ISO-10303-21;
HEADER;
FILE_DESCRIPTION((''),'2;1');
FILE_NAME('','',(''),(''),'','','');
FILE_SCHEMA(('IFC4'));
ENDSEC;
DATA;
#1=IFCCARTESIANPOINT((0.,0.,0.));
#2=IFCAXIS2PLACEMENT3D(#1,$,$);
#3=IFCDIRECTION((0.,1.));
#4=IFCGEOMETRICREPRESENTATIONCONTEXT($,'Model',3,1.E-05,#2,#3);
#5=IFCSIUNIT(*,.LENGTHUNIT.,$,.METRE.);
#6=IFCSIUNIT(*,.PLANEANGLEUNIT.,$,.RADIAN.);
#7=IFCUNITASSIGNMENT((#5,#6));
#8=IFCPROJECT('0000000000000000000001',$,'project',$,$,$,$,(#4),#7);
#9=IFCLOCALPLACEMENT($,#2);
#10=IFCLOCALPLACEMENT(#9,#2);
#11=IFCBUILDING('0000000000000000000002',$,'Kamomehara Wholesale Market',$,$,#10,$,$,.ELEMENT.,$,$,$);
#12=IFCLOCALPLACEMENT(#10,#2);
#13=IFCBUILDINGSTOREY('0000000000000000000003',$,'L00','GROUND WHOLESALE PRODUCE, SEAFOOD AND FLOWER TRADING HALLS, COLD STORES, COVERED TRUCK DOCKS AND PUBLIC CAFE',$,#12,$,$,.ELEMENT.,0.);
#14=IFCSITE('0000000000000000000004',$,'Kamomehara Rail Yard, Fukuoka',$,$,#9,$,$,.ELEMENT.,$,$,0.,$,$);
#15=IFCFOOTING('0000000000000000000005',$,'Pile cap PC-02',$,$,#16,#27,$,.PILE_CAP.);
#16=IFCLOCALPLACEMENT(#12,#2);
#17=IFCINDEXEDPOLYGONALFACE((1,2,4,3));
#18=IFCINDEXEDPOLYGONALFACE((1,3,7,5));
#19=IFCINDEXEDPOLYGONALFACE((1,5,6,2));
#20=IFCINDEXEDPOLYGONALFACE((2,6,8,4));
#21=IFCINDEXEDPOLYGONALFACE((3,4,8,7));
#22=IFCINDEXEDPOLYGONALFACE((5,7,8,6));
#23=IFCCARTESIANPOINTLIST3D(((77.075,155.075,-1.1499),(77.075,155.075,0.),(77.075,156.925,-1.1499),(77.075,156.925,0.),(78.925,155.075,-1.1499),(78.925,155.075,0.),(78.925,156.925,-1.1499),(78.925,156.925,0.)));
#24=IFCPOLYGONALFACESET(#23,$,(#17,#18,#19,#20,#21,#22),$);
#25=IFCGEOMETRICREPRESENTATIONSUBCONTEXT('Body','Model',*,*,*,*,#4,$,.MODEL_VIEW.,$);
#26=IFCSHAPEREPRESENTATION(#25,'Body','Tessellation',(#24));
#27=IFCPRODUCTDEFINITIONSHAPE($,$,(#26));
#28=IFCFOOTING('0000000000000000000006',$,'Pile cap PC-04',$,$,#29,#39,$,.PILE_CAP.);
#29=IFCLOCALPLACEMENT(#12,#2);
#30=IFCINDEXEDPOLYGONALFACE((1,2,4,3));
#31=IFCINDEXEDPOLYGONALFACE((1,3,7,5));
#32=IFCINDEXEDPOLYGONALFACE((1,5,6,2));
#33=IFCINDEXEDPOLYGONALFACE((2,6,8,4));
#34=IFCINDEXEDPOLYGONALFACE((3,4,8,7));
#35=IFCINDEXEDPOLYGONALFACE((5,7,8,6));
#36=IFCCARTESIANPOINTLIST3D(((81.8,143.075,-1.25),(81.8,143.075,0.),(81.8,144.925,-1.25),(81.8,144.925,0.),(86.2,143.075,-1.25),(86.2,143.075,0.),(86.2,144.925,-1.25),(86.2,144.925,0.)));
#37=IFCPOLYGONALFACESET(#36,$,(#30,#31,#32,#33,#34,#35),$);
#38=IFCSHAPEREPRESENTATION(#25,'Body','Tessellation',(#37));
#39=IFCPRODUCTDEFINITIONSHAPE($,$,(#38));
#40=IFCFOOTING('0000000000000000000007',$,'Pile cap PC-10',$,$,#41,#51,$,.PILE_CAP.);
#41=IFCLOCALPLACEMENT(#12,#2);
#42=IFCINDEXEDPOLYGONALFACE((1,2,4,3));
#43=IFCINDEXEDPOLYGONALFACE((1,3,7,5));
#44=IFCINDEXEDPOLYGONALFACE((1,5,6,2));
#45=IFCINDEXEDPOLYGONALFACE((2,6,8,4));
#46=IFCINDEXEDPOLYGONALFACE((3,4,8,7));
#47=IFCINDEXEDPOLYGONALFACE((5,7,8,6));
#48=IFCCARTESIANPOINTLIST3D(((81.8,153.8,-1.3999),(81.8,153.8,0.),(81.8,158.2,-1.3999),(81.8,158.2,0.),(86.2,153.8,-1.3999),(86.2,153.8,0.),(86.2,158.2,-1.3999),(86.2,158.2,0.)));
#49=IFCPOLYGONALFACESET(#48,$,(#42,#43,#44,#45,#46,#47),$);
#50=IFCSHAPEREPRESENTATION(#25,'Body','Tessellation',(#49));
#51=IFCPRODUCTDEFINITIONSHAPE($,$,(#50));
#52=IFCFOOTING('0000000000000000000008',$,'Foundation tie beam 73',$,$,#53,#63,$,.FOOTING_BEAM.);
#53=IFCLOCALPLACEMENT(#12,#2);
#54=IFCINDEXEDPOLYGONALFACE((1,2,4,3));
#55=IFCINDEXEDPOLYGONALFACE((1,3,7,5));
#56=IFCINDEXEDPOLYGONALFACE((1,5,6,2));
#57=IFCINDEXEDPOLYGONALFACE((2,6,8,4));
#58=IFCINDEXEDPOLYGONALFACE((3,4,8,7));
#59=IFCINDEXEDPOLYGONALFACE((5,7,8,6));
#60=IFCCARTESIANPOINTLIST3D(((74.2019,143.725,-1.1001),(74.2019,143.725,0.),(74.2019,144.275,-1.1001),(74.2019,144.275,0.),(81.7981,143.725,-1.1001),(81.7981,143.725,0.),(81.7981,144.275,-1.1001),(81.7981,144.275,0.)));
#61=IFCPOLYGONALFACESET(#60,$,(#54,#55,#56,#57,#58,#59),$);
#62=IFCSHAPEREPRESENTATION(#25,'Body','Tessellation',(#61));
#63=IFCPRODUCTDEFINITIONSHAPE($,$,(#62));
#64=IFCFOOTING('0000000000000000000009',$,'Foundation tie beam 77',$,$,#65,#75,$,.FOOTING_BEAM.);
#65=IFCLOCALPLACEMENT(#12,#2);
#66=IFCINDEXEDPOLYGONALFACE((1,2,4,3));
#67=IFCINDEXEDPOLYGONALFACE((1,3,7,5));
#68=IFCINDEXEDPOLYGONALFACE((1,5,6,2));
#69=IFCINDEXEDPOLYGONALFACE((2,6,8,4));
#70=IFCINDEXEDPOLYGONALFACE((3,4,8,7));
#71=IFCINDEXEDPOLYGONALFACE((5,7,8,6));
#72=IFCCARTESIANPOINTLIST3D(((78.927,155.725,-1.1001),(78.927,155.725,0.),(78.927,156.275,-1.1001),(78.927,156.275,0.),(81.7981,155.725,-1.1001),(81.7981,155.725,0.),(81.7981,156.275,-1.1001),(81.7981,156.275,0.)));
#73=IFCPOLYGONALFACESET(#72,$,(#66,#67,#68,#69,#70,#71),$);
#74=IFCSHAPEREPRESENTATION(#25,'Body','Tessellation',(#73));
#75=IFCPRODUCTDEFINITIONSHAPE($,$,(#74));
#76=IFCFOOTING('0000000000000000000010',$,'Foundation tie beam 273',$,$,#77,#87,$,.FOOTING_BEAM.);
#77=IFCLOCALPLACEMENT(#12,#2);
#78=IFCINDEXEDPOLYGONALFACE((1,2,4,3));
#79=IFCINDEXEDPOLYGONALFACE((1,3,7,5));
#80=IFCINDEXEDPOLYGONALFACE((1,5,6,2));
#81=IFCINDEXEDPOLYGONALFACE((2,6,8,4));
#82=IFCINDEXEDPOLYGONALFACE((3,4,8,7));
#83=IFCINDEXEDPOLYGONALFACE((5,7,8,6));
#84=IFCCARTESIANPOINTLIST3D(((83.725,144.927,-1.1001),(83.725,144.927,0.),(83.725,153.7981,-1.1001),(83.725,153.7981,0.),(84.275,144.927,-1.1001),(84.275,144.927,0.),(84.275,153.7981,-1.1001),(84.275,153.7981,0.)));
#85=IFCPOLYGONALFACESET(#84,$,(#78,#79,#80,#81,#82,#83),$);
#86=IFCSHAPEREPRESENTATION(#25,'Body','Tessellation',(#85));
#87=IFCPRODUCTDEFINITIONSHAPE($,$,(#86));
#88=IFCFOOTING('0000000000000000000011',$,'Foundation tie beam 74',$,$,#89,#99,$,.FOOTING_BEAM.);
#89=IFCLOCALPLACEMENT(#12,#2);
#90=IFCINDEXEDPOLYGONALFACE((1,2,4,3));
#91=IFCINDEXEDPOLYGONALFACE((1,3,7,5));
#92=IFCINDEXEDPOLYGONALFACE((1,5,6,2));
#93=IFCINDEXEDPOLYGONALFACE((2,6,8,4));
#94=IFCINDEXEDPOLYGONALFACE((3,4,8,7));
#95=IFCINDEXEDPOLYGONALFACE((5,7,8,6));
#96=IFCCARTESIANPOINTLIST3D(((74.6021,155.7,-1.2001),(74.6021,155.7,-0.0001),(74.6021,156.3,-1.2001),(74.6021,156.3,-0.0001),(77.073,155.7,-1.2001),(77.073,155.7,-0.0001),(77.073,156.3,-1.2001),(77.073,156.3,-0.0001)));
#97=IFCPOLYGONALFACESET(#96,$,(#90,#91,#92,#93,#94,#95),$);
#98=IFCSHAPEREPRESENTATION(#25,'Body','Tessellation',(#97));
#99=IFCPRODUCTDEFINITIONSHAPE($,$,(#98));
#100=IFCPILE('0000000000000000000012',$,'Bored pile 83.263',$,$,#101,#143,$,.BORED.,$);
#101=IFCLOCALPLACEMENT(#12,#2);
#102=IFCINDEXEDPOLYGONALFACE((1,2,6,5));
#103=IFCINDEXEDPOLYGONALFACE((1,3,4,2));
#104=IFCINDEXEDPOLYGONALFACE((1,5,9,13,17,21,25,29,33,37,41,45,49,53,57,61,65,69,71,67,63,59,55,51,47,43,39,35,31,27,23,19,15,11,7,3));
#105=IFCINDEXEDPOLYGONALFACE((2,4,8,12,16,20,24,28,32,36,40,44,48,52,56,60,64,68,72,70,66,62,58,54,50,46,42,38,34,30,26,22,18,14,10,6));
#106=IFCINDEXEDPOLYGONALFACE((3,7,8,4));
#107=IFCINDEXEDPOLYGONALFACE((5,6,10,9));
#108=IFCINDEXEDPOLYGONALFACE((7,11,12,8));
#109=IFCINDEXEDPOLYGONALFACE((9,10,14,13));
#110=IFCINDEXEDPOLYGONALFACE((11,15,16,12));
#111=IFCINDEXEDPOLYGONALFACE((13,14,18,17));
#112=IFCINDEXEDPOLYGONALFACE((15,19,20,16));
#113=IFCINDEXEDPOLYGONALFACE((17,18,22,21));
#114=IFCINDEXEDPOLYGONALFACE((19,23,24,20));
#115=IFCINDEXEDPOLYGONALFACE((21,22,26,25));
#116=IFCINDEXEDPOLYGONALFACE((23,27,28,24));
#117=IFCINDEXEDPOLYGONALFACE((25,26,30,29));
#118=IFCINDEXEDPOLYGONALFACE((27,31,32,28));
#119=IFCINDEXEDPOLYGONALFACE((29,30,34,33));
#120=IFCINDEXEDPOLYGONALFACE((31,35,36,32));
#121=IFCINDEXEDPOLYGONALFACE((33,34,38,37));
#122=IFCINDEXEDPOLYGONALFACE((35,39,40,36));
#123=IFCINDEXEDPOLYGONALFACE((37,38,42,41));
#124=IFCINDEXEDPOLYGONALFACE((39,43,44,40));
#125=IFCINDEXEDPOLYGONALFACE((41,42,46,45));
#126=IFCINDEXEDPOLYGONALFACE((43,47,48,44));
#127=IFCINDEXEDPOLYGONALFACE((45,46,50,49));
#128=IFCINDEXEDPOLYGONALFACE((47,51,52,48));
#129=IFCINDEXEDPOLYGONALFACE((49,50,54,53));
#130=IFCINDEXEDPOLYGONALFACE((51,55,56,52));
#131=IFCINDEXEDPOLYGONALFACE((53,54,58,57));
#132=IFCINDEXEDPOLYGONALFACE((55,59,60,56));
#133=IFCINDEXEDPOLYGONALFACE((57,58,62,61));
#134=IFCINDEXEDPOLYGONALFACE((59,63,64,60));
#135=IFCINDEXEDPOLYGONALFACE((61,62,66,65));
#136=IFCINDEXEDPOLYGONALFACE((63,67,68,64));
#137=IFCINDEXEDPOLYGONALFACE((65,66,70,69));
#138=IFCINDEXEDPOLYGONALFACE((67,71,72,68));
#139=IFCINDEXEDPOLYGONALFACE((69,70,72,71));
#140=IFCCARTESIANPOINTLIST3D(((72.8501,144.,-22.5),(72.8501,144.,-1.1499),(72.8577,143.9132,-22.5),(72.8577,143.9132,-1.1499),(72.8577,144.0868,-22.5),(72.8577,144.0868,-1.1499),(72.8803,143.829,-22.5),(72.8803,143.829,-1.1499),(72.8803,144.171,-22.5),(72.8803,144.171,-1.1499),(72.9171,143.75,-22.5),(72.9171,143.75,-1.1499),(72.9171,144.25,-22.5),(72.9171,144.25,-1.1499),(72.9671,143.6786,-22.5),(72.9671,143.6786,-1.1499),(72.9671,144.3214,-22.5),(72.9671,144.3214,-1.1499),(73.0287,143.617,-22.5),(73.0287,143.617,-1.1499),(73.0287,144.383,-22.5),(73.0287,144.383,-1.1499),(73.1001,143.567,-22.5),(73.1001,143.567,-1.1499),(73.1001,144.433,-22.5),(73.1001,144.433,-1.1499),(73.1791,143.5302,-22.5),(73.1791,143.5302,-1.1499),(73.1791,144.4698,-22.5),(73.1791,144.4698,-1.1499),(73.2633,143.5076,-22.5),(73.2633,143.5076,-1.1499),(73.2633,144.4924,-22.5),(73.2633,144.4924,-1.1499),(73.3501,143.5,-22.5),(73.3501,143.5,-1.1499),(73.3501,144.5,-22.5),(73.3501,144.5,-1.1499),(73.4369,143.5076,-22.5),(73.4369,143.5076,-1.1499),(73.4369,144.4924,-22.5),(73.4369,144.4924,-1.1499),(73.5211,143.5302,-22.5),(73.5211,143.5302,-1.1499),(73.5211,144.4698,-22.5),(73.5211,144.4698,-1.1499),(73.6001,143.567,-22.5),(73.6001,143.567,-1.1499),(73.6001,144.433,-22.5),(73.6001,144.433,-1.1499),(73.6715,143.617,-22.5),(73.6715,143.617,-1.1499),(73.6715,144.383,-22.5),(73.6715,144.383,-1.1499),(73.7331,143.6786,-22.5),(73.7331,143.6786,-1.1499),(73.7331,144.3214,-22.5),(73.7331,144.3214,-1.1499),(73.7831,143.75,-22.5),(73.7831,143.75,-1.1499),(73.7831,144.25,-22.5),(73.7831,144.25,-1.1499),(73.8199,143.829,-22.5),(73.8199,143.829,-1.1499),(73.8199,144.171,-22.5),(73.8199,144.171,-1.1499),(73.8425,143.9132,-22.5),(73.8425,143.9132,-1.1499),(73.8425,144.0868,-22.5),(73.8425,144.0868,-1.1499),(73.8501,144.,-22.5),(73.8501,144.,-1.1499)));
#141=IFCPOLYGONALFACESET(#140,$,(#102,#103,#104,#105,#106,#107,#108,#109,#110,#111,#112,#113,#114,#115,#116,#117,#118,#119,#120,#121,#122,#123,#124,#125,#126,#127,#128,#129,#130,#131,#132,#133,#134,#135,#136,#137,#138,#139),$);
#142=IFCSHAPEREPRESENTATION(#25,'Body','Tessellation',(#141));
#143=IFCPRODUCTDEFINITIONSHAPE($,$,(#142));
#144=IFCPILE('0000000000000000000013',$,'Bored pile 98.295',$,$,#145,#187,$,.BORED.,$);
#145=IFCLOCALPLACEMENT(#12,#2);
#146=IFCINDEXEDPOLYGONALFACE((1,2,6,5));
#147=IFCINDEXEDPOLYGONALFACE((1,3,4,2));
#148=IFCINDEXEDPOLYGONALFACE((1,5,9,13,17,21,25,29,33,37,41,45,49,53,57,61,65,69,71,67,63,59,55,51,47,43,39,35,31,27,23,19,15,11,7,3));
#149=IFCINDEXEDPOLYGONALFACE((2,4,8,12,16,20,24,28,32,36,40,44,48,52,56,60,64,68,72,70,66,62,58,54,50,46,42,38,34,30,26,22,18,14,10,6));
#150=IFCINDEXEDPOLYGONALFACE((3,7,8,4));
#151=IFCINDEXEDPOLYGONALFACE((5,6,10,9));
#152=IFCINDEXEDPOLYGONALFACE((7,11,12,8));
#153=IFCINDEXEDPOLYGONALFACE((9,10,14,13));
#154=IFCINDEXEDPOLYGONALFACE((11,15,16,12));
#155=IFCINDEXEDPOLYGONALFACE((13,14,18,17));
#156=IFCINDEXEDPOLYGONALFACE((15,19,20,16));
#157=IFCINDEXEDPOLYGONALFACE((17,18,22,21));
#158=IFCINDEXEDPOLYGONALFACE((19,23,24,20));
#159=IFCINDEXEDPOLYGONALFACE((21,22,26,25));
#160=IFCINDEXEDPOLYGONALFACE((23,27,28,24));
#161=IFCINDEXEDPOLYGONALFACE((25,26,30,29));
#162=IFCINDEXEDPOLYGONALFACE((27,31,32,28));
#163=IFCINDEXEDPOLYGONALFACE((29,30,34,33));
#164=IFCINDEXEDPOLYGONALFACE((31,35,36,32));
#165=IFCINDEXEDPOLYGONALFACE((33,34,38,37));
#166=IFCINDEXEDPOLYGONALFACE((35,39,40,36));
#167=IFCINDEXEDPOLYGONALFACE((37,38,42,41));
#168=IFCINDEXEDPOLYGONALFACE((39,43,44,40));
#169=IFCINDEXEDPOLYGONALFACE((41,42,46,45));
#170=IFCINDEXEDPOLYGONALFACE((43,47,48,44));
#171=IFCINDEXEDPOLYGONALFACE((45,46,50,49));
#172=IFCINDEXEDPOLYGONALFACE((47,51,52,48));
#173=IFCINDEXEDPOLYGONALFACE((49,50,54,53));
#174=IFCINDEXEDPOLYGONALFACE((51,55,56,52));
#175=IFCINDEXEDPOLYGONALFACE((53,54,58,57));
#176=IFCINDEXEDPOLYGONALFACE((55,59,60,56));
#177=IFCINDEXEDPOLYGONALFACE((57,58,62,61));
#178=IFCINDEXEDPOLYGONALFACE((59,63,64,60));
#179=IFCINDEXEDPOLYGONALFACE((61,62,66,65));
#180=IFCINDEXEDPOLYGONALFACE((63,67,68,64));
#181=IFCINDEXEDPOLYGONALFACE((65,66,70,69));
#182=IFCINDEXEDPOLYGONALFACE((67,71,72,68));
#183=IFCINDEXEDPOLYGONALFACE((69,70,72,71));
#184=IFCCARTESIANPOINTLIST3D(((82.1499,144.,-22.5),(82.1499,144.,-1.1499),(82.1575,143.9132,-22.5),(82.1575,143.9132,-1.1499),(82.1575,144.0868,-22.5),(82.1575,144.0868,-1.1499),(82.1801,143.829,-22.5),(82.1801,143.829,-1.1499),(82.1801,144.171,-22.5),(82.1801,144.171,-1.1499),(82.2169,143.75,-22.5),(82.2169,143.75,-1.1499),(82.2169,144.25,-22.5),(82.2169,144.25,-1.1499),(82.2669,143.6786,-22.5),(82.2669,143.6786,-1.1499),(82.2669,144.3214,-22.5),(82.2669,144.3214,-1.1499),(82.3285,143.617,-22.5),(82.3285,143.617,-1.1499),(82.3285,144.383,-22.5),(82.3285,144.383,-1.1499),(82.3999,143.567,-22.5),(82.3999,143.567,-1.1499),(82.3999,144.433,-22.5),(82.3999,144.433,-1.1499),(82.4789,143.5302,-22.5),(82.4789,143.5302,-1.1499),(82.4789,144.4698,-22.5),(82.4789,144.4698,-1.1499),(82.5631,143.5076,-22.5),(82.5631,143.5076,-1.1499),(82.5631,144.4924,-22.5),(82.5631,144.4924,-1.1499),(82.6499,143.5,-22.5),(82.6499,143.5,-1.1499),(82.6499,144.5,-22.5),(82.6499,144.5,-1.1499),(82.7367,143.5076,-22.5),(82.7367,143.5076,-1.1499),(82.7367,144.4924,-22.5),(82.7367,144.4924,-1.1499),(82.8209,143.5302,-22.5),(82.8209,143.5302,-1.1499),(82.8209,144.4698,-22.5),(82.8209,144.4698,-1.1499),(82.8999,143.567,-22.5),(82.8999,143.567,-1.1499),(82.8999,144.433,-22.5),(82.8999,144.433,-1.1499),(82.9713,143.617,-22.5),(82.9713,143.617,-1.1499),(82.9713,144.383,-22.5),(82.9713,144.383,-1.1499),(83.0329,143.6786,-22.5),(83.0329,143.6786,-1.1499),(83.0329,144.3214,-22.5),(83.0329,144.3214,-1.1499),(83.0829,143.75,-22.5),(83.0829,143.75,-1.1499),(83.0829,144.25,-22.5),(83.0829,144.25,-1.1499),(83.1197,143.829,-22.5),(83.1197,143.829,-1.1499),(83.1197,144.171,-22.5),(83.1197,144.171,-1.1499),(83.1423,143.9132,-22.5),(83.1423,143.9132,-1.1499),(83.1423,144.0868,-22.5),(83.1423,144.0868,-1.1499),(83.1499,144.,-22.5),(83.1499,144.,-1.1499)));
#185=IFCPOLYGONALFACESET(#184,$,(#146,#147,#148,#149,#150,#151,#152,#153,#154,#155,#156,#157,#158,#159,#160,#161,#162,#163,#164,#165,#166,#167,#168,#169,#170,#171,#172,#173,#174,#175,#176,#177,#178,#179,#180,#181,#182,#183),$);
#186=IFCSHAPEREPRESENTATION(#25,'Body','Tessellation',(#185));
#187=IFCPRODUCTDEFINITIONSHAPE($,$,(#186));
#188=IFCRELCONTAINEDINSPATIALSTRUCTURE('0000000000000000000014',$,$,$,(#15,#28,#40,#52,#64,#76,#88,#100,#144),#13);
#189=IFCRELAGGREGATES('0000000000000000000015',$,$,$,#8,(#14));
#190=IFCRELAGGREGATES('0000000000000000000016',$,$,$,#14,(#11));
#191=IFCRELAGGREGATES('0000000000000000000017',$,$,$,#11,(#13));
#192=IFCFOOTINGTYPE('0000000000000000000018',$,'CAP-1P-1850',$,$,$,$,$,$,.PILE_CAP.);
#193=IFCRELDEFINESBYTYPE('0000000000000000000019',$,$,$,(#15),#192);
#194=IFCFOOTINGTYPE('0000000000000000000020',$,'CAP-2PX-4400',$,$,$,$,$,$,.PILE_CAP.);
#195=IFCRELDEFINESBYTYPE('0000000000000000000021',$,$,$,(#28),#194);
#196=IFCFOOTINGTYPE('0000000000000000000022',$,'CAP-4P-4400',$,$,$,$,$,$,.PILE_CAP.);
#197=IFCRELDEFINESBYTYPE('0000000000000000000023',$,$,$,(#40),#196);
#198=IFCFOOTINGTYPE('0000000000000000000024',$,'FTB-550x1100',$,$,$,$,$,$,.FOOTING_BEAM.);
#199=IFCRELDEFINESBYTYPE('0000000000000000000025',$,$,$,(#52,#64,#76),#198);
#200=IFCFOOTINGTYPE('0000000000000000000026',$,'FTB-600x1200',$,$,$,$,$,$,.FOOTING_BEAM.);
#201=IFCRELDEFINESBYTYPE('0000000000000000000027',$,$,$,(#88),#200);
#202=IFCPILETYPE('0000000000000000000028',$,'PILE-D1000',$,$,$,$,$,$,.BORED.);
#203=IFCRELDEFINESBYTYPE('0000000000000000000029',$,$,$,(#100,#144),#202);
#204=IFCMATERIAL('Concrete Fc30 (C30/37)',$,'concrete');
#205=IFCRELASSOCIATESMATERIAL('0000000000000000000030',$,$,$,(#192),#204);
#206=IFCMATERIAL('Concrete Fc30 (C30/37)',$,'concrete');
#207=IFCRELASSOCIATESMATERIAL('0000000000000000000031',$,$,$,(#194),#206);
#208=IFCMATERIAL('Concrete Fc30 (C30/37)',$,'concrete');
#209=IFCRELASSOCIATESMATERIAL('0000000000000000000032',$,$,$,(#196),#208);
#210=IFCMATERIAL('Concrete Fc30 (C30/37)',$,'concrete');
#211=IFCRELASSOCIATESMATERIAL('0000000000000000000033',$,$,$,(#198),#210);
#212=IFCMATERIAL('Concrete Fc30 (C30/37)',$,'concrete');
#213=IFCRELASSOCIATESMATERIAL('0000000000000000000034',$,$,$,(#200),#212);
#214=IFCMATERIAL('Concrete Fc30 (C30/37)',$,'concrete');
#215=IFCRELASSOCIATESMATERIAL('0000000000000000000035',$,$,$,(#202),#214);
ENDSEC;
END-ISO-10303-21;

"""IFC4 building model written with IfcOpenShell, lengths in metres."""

from ifc_helpers import new_model, si_unit, direction, frame, origin, origin_2d, place, context, subcontext, project, spatial, rectangle, circle, extrude, material, material_profile, profile_set, type_object, element, save


model = new_model("IFC4")

# Units and contexts
model_context = context("Model", 3, precision=1e-05, world=origin(), true_north=direction((0.0, 1.0)))
body_context = subcontext(model_context, "Body", "Model", "MODEL_VIEW")
ifc_project = project(units=[si_unit("LENGTHUNIT", "METRE"), si_unit("PLANEANGLEUNIT", "RADIAN")], contexts=[model_context])

# Site, building, storey
site_placement = place(None, origin())
site = spatial("IfcSite", under=ifc_project, at=site_placement, Name="Kamomehara Rail Yard, Fukuoka", CompositionType="ELEMENT", RefElevation=0.0)
building_placement = place(site_placement, origin())
building = spatial("IfcBuilding", under=site, at=building_placement, Name="Kamomehara Wholesale Market", CompositionType="ELEMENT")
storey_placement = place(building_placement, origin())
storey = spatial("IfcBuildingStorey", under=building, at=storey_placement, Name="L00", Description="GROUND WHOLESALE PRODUCE, SEAFOOD AND FLOWER TRADING HALLS, COLD STORES, COVERED TRUCK DOCKS AND PUBLIC CAFE", CompositionType="ELEMENT", Elevation=0.0)

# Footings
ifc_material_1 = material(Name="Concrete Fc30 (C30/37)", Category="concrete")
footing_type_1 = type_object("IfcFootingType", Name="CAP-1P-1850", PredefinedType="PILE_CAP", material=ifc_material_1)
footing_1_placement = place(storey_placement, frame((78.0, 156.0, -1.1499), z_axis=(0.0, 0.0, 1.0), x_axis=(1.0, 0.0, 0.0)))
element("IfcFooting", 1, at=footing_1_placement, inside=storey, type_object=footing_type_1, Name="Pile cap PC-02", PredefinedType="PILE_CAP", context=body_context, shape_type="SweptSolid", body=[
    extrude(rectangle(XDim=1.8501, YDim=1.8501, at=origin_2d()), origin(), (0.0, 0.0, 1.0), 1.1499),
])
ifc_material_2 = material(Name="Concrete Fc30 (C30/37)", Category="concrete")
footing_type_2 = type_object("IfcFootingType", Name="CAP-2PX-4400", PredefinedType="PILE_CAP", material=ifc_material_2)
footing_2_placement = place(storey_placement, frame((84.0, 144.0, -1.25), z_axis=(0.0, 0.0, 1.0), x_axis=(1.0, 0.0, 0.0)))
element("IfcFooting", 2, at=footing_2_placement, inside=storey, type_object=footing_type_2, Name="Pile cap PC-04", PredefinedType="PILE_CAP", context=body_context, shape_type="SweptSolid", body=[
    extrude(rectangle(XDim=4.3999, YDim=1.8501, at=origin_2d()), origin(), (0.0, 0.0, 1.0), 1.25),
])
ifc_material_3 = material(Name="Concrete Fc30 (C30/37)", Category="concrete")
footing_type_3 = type_object("IfcFootingType", Name="CAP-4P-4400", PredefinedType="PILE_CAP", material=ifc_material_3)
footing_3_placement = place(storey_placement, frame((84.0, 156.0, -1.3999), z_axis=(0.0, 0.0, 1.0), x_axis=(1.0, 0.0, 0.0)))
element("IfcFooting", 3, at=footing_3_placement, inside=storey, type_object=footing_type_3, Name="Pile cap PC-10", PredefinedType="PILE_CAP", context=body_context, shape_type="SweptSolid", body=[
    extrude(rectangle(XDim=4.3999, YDim=4.3999, at=origin_2d()), origin(), (0.0, 0.0, 1.0), 1.3999),
])
ifc_material_4 = material(Name="Concrete Fc30 (C30/37)", Category="concrete")
ifc_material_profile_1 = material_profile(ifc_material_4, rectangle(XDim=0.55, YDim=1.1001, at=origin_2d()), Name="RC-FTB-550x1100")
ifc_profile_set_1 = profile_set([ifc_material_profile_1], Name="Concrete Fc30 (C30/37)")
footing_type_4 = type_object("IfcFootingType", Name="FTB-550x1100", PredefinedType="FOOTING_BEAM", material=ifc_profile_set_1)
footing_4_placement = place(storey_placement, frame((74.2019, 144.0, -0.55), z_axis=(1.0, 0.0, 0.0), x_axis=(0.0, 1.0, 0.0)))
element("IfcFooting", 4, at=footing_4_placement, inside=storey, type_object=footing_type_4, Name="Foundation tie beam 73", PredefinedType="FOOTING_BEAM", context=body_context, shape_type="SweptSolid", body=[
    extrude(rectangle(XDim=0.55, YDim=1.1001, at=origin_2d()), origin(), (0.0, 0.0, 1.0), 7.5962),
])
footing_5_placement = place(storey_placement, frame((78.927, 156.0, -0.55), z_axis=(1.0, 0.0, 0.0), x_axis=(0.0, 1.0, 0.0)))
element("IfcFooting", 5, at=footing_5_placement, inside=storey, type_object=footing_type_4, Name="Foundation tie beam 77", PredefinedType="FOOTING_BEAM", context=body_context, shape_type="SweptSolid", body=[
    extrude(rectangle(XDim=0.55, YDim=1.1001, at=origin_2d()), origin(), (0.0, 0.0, 1.0), 2.8711),
])
footing_6_placement = place(storey_placement, frame((84.0, 144.927, -0.55), z_axis=(0.0, 1.0, 0.0), x_axis=(-1.0, 0.0, 0.0)))
element("IfcFooting", 6, at=footing_6_placement, inside=storey, type_object=footing_type_4, Name="Foundation tie beam 273", PredefinedType="FOOTING_BEAM", context=body_context, shape_type="SweptSolid", body=[
    extrude(rectangle(XDim=0.55, YDim=1.1001, at=origin_2d()), origin(), (0.0, 0.0, 1.0), 8.8711),
])
ifc_material_5 = material(Name="Concrete Fc30 (C30/37)", Category="concrete")
ifc_material_profile_2 = material_profile(ifc_material_5, rectangle(XDim=0.6001, YDim=1.2, at=origin_2d()), Name="RC-FTB-600x1200")
ifc_profile_set_2 = profile_set([ifc_material_profile_2], Name="Concrete Fc30 (C30/37)")
footing_type_5 = type_object("IfcFootingType", Name="FTB-600x1200", PredefinedType="FOOTING_BEAM", material=ifc_profile_set_2)
footing_7_placement = place(storey_placement, frame((74.6021, 156.0, -0.6001), z_axis=(1.0, 0.0, 0.0), x_axis=(0.0, 1.0, 0.0)))
element("IfcFooting", 7, at=footing_7_placement, inside=storey, type_object=footing_type_5, Name="Foundation tie beam 74", PredefinedType="FOOTING_BEAM", context=body_context, shape_type="SweptSolid", body=[
    extrude(rectangle(XDim=0.6001, YDim=1.2, at=origin_2d()), origin(), (0.0, 0.0, 1.0), 2.4709),
])

# Piles
ifc_material_6 = material(Name="Concrete Fc30 (C30/37)", Category="concrete")
ifc_material_profile_3 = material_profile(ifc_material_6, circle(Radius=0.5, at=origin_2d()), Name="RC-PILE-D1000")
ifc_profile_set_3 = profile_set([ifc_material_profile_3], Name="Concrete Fc30 (C30/37)")
pile_type_1 = type_object("IfcPileType", Name="PILE-D1000", PredefinedType="BORED", material=ifc_profile_set_3)
for number, where, z_axis, x_axis, name in (
    (8, (73.3501, 144.0, -1.1499), (0.0, 0.0, -1.0), (1.0, 0.0, 0.0), "Bored pile 83.263"),
    (9, (82.6499, 144.0, -1.1499), (0.0, 0.0, -1.0), (1.0, 0.0, 0.0), "Bored pile 98.295"),
):
    element("IfcPile", number, at=place(storey_placement, frame(where, z_axis=z_axis, x_axis=x_axis)), inside=storey, type_object=pile_type_1, Name=name, PredefinedType="BORED", context=body_context, shape_type="SweptSolid", body=[
        extrude(circle(Radius=0.5, at=origin_2d()), origin(), (0.0, 0.0, 1.0), 21.3501),
    ])

save(model, "model.ifc")
